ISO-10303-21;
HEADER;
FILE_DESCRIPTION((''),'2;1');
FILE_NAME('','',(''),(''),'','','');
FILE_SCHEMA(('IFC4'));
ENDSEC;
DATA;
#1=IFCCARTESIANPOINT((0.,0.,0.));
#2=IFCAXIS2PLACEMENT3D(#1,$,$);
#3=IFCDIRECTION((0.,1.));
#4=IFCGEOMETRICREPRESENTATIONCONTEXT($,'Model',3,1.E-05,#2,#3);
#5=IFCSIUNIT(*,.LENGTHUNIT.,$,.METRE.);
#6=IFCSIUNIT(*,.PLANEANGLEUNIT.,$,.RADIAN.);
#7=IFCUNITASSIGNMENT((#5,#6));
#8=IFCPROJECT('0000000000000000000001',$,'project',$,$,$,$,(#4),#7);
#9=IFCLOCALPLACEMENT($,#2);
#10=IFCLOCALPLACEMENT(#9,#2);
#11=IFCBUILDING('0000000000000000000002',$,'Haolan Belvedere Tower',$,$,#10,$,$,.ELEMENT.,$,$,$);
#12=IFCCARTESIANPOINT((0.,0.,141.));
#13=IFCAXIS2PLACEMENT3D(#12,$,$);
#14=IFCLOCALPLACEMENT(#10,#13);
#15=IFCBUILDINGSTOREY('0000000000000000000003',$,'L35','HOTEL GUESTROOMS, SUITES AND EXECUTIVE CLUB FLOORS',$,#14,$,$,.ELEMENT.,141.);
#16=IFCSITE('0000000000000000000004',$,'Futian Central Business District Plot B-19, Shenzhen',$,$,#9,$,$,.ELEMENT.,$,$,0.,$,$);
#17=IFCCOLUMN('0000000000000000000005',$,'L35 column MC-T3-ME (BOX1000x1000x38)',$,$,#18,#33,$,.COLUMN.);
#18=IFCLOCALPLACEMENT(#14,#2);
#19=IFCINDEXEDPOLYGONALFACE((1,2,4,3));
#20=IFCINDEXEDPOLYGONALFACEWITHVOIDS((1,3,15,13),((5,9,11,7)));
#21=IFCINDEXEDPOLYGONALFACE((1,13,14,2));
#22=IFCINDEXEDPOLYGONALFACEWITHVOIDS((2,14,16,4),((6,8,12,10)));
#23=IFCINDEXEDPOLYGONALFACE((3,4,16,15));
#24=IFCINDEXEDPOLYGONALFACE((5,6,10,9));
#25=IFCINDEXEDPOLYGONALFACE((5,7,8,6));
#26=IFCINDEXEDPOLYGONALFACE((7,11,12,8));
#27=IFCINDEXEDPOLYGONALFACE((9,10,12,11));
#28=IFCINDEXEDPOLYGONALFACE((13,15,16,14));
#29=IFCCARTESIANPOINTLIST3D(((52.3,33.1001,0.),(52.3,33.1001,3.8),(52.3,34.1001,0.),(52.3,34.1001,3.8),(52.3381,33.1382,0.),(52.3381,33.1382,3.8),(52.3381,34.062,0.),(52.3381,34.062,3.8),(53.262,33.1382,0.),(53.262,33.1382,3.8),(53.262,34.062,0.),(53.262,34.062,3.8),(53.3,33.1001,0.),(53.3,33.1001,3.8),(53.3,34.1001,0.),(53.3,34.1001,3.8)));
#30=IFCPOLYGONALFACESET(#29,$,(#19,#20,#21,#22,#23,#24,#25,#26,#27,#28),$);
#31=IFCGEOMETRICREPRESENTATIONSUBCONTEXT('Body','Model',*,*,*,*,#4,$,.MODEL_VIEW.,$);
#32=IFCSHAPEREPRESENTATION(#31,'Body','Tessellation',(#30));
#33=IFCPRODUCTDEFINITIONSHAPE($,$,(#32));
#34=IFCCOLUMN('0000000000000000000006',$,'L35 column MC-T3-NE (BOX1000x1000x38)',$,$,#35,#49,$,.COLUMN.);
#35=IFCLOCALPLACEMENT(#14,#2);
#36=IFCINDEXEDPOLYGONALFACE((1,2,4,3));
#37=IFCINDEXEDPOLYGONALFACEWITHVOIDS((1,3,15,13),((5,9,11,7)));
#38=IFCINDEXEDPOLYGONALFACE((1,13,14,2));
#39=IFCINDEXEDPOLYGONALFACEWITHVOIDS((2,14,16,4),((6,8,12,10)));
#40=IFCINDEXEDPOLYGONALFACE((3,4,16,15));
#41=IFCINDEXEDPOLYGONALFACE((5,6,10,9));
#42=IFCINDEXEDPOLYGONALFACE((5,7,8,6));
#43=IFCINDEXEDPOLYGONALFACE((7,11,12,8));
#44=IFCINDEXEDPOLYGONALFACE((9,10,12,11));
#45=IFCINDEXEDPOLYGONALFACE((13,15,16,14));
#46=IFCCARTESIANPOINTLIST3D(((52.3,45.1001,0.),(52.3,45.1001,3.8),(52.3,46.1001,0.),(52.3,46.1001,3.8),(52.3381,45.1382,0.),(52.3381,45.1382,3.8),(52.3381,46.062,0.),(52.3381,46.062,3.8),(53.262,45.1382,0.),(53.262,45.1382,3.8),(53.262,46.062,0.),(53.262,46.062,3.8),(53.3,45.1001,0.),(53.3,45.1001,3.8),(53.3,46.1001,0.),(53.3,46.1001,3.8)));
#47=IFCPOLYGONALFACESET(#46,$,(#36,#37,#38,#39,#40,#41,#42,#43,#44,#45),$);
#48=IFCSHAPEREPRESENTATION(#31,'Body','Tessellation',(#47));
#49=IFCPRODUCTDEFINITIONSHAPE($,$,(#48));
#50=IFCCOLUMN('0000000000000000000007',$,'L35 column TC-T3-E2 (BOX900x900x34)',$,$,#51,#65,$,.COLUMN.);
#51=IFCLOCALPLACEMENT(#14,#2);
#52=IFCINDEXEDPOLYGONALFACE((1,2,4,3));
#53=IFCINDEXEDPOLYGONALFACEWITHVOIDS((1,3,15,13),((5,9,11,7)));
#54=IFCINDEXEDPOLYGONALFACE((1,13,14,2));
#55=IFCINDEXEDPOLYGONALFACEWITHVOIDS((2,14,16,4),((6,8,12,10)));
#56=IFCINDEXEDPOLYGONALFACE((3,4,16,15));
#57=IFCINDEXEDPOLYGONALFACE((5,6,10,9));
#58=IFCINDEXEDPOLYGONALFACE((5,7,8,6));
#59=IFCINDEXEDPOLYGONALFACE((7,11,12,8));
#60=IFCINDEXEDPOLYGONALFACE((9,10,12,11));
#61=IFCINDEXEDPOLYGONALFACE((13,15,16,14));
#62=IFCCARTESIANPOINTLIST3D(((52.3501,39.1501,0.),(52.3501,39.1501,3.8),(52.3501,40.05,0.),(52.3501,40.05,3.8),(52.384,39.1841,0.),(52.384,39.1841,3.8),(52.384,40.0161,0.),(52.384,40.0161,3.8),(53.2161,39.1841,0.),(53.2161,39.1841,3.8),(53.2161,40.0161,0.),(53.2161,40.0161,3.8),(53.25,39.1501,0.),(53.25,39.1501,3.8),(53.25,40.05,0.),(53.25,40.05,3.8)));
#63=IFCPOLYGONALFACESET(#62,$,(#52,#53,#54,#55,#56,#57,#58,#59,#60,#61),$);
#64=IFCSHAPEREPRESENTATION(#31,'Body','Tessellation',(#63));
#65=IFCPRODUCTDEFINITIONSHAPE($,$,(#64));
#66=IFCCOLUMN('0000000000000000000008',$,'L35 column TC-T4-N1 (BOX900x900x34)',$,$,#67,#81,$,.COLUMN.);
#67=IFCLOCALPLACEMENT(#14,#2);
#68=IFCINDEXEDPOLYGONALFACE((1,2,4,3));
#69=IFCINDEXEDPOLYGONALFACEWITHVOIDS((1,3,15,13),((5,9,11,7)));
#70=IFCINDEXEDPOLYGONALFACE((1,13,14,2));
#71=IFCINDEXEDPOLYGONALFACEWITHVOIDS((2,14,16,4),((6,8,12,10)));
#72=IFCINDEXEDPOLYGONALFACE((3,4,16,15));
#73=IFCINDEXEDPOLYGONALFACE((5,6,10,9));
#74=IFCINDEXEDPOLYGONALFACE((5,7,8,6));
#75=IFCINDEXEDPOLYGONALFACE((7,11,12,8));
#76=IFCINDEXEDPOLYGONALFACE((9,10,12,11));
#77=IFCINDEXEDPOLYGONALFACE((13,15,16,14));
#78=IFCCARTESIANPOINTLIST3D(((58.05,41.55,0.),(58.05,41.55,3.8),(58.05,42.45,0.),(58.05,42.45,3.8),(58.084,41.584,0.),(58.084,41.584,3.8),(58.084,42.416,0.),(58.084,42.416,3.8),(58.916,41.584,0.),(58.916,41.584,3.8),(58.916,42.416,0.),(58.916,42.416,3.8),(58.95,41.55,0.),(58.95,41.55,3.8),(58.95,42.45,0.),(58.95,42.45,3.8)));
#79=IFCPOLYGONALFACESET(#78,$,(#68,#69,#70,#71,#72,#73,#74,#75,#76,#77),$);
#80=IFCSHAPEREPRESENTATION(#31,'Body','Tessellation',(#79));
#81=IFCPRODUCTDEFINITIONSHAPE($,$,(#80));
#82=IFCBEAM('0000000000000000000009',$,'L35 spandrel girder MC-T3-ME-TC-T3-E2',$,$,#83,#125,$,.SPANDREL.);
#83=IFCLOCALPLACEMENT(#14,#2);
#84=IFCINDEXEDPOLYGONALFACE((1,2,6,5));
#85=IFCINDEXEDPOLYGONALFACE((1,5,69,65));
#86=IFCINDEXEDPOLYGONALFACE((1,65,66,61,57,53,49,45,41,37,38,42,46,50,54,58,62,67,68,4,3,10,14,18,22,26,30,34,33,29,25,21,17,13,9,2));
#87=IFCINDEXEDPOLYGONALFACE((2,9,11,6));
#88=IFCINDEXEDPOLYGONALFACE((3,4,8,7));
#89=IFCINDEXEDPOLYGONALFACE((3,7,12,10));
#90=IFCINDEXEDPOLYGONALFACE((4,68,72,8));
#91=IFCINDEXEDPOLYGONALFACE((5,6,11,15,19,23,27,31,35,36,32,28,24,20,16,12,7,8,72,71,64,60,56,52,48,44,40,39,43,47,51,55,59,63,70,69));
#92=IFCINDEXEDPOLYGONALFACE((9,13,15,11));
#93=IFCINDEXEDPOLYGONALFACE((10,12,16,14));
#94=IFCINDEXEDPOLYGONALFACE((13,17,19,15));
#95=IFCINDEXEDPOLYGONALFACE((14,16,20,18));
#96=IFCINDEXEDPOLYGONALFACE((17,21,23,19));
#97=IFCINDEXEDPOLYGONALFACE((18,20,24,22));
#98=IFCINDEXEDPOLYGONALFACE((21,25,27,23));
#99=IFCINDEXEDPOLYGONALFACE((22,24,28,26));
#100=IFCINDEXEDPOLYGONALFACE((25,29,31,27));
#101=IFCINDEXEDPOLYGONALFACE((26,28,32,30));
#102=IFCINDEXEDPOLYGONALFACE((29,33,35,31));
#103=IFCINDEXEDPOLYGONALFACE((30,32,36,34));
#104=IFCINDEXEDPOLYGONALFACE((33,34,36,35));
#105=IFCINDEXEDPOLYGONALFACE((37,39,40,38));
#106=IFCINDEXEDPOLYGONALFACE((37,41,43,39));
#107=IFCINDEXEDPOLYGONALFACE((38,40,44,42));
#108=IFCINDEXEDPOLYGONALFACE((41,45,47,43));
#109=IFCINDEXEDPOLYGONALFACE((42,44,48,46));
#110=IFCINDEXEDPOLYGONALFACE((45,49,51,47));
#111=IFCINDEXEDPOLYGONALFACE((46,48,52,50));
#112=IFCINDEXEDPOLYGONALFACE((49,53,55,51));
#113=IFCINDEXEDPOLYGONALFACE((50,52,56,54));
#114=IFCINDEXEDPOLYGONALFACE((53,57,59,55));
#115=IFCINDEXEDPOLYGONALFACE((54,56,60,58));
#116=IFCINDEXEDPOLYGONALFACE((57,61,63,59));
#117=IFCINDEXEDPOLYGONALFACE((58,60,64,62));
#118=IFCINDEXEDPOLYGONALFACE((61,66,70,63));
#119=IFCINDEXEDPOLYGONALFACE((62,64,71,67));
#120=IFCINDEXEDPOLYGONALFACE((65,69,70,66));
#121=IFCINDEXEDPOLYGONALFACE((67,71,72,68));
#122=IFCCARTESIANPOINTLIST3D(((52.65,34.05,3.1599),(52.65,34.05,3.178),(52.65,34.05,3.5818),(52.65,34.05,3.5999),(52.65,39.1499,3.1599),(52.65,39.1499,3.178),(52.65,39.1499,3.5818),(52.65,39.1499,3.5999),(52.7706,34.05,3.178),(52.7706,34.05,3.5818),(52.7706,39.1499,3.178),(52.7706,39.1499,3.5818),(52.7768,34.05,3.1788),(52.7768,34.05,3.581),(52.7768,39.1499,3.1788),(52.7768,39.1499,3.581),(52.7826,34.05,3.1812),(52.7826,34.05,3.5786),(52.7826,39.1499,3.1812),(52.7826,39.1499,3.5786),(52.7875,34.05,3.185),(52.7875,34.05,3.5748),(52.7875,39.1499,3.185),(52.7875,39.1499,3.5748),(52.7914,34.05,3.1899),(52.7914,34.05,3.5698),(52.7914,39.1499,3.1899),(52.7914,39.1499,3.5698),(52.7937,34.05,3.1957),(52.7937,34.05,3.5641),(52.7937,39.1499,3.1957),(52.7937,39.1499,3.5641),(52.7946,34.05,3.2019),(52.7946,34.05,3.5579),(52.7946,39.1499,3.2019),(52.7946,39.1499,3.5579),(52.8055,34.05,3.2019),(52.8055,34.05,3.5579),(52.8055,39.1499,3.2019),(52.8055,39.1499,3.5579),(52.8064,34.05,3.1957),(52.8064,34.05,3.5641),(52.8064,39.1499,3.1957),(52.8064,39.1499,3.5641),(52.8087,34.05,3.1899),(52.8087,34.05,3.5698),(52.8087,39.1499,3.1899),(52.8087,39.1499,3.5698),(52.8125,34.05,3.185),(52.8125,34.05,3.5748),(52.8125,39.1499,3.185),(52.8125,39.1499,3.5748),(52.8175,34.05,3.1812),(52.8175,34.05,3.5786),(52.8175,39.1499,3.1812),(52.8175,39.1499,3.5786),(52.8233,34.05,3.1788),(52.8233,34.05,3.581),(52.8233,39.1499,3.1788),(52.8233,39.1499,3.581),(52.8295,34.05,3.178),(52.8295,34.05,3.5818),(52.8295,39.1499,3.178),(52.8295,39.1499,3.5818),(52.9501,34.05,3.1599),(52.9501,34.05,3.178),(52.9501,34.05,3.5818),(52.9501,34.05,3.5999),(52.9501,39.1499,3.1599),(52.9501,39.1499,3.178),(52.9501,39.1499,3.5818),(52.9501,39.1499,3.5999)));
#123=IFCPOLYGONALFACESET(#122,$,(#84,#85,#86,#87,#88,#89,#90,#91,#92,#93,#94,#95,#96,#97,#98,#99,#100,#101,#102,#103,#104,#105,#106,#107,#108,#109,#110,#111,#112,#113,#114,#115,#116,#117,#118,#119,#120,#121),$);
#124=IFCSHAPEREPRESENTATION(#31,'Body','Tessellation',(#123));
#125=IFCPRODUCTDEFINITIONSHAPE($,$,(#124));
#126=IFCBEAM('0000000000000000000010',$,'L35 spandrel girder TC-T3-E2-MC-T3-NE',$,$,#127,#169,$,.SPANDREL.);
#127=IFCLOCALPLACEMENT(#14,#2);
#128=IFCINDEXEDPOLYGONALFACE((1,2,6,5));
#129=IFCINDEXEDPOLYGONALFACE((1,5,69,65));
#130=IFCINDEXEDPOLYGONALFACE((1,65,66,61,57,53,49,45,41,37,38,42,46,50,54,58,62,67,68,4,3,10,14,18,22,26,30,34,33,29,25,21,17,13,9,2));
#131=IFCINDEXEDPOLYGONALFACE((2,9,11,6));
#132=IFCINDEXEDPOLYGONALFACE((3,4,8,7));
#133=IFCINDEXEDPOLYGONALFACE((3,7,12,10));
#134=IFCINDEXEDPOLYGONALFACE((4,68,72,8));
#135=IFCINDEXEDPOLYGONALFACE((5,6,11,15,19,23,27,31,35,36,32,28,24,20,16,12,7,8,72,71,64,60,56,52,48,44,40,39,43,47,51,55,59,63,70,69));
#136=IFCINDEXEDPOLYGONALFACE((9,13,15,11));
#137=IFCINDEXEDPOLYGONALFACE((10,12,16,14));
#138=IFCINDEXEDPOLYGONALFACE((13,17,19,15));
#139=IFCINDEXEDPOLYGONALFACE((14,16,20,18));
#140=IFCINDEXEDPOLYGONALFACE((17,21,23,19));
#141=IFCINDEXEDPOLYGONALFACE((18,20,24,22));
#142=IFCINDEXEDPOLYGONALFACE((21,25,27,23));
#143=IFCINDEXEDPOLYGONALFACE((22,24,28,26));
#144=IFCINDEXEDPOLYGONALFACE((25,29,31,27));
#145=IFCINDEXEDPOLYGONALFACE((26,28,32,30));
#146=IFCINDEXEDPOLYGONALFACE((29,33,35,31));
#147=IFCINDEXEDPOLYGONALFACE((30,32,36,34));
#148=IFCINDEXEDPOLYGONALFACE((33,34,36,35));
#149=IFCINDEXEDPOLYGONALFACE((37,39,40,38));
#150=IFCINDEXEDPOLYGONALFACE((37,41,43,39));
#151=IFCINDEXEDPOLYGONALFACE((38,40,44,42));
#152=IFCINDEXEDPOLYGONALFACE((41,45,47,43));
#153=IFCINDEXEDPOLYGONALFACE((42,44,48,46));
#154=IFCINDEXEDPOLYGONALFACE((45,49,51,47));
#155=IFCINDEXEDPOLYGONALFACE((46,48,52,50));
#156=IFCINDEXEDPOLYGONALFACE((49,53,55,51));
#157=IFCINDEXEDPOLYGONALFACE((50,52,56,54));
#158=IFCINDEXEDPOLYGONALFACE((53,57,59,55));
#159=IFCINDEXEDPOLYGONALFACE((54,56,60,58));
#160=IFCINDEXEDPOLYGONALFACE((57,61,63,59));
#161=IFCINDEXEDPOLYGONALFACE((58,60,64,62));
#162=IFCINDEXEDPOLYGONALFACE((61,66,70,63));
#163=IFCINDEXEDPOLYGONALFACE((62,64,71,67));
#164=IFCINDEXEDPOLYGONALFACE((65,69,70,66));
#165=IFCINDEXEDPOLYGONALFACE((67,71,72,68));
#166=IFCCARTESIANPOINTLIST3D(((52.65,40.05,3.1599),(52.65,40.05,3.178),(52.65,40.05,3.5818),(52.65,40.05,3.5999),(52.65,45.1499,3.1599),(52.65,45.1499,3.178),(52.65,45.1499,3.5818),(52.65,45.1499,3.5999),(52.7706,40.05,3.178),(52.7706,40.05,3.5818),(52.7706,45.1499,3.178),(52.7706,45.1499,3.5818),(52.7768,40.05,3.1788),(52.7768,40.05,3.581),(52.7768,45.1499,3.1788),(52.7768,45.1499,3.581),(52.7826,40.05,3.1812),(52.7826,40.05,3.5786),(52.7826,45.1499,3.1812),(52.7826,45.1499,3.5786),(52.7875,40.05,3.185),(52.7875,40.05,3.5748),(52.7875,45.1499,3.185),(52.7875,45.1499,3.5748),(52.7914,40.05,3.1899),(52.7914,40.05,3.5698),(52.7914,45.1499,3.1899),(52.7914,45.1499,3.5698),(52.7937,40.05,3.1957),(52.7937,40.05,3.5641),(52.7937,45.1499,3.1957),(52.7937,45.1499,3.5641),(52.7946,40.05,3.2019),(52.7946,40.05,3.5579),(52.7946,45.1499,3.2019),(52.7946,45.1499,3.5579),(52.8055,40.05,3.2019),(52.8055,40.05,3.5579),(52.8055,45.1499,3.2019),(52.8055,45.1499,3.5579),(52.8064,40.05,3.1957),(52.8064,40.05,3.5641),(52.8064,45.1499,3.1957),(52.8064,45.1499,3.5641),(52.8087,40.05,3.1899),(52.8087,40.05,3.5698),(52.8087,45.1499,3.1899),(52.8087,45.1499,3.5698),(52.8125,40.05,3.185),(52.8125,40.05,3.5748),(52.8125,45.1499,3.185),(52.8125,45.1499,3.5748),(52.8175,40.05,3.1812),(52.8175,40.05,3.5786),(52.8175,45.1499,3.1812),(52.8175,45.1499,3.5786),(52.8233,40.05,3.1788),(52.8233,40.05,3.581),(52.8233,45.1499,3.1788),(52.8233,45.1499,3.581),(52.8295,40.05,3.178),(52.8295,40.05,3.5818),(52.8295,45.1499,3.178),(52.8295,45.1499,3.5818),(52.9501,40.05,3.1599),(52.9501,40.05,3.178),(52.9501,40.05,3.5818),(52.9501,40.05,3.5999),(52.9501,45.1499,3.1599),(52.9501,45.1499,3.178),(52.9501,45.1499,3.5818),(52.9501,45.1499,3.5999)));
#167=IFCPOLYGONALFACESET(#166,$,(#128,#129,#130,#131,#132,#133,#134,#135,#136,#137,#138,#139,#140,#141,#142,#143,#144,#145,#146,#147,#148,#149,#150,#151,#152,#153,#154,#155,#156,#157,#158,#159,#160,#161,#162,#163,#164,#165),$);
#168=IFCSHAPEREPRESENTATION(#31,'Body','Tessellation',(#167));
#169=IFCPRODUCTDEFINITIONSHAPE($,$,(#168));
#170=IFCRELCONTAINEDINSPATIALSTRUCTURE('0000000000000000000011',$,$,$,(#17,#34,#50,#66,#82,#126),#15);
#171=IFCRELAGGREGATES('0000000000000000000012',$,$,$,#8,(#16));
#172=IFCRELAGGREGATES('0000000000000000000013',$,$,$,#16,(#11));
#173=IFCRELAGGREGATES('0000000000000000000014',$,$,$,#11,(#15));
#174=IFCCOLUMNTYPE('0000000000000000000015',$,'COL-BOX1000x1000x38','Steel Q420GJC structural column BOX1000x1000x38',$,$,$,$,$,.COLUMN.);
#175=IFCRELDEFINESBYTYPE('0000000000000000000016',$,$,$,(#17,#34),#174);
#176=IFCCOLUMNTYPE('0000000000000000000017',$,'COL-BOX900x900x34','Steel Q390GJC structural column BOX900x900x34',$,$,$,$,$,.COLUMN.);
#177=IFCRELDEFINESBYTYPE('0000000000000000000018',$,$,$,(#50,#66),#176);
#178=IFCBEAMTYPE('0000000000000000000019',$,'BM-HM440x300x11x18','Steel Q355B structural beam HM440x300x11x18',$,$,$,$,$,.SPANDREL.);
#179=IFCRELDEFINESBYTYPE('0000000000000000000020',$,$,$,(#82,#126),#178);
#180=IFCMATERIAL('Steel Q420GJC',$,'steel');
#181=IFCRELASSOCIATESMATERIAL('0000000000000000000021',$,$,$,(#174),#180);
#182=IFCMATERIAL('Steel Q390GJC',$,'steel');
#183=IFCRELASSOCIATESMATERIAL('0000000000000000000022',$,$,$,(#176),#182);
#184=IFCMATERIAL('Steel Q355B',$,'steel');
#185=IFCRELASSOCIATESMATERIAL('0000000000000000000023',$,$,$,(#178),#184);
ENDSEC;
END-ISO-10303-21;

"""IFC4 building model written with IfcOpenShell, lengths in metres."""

from ifc_helpers import new_model, si_unit, direction, frame, origin, origin_2d, place, context, subcontext, project, spatial, hollow_rectangle, i_section, extrude, material, material_profile, profile_set, type_object, element, save


model = new_model("IFC4")

# Units and contexts
model_context = context("Model", 3, precision=1e-05, world=origin(), true_north=direction((0.0, 1.0)))
body_context = subcontext(model_context, "Body", "Model", "MODEL_VIEW")
ifc_project = project(units=[si_unit("LENGTHUNIT", "METRE"), si_unit("PLANEANGLEUNIT", "RADIAN")], contexts=[model_context])

# Site, building, storey
site_placement = place(None, origin())
site = spatial("IfcSite", under=ifc_project, at=site_placement, Name="Futian Central Business District Plot B-19, Shenzhen", CompositionType="ELEMENT", RefElevation=0.0)
building_placement = place(site_placement, origin())
building = spatial("IfcBuilding", under=site, at=building_placement, Name="Haolan Belvedere Tower", CompositionType="ELEMENT")
storey_placement = place(building_placement, frame((0.0, 0.0, 141.0)))
storey = spatial("IfcBuildingStorey", under=building, at=storey_placement, Name="L35", Description="HOTEL GUESTROOMS, SUITES AND EXECUTIVE CLUB FLOORS", CompositionType="ELEMENT", Elevation=141.0)

# Columns
ifc_material_1 = material(Name="Steel Q420GJC", Category="steel")
ifc_material_profile_1 = material_profile(ifc_material_1, hollow_rectangle(XDim=1.0, YDim=1.0, WallThickness=0.0381, at=origin_2d()), Name="Steel Q420GJC")
ifc_profile_set_1 = profile_set([ifc_material_profile_1], Name="Steel Q420GJC")
column_type_1 = type_object("IfcColumnType", Name="COL-BOX1000x1000x38", Description="Steel Q420GJC structural column BOX1000x1000x38", PredefinedType="COLUMN", material=ifc_profile_set_1)
for number, where, z_axis, x_axis, name in (
    (1, (52.8, 33.6001, 0.0), (0.0, 0.0, 1.0), (1.0, 0.0, 0.0), "L35 column MC-T3-ME (BOX1000x1000x38)"),
    (2, (52.8, 45.6001, 0.0), (0.0, 0.0, 1.0), (1.0, 0.0, 0.0), "L35 column MC-T3-NE (BOX1000x1000x38)"),
):
    element("IfcColumn", number, at=place(storey_placement, frame(where, z_axis=z_axis, x_axis=x_axis)), inside=storey, type_object=column_type_1, Name=name, PredefinedType="COLUMN", context=body_context, shape_type="SweptSolid", body=[
        extrude(hollow_rectangle(XDim=1.0, YDim=1.0, WallThickness=0.0381, at=origin_2d()), origin(), (0.0, 0.0, 1.0), 3.8),
    ])
ifc_material_2 = material(Name="Steel Q390GJC", Category="steel")
ifc_material_profile_2 = material_profile(ifc_material_2, hollow_rectangle(XDim=0.8999, YDim=0.8999, WallThickness=0.0339, at=origin_2d()), Name="Steel Q390GJC")
ifc_profile_set_2 = profile_set([ifc_material_profile_2], Name="Steel Q390GJC")
column_type_2 = type_object("IfcColumnType", Name="COL-BOX900x900x34", Description="Steel Q390GJC structural column BOX900x900x34", PredefinedType="COLUMN", material=ifc_profile_set_2)
for number, where, z_axis, x_axis, name in (
    (3, (52.8, 39.6001, 0.0), (0.0, 0.0, 1.0), (1.0, 0.0, 0.0), "L35 column TC-T3-E2 (BOX900x900x34)"),
    (4, (58.5, 42.0, 0.0), (0.0, 0.0, 1.0), (1.0, 0.0, 0.0), "L35 column TC-T4-N1 (BOX900x900x34)"),
):
    element("IfcColumn", number, at=place(storey_placement, frame(where, z_axis=z_axis, x_axis=x_axis)), inside=storey, type_object=column_type_2, Name=name, PredefinedType="COLUMN", context=body_context, shape_type="SweptSolid", body=[
        extrude(hollow_rectangle(XDim=0.8999, YDim=0.8999, WallThickness=0.0339, at=origin_2d()), origin(), (0.0, 0.0, 1.0), 3.8),
    ])

# Beams
ifc_material_3 = material(Name="Steel Q355B", Category="steel")
ifc_material_profile_3 = material_profile(ifc_material_3, i_section(OverallWidth=0.3, OverallDepth=0.4399, WebThickness=0.011, FlangeThickness=0.0181, FilletRadius=0.0239, at=origin_2d()), Name="Steel Q355B")
ifc_profile_set_3 = profile_set([ifc_material_profile_3], Name="Steel Q355B")
beam_type_1 = type_object("IfcBeamType", Name="BM-HM440x300x11x18", Description="Steel Q355B structural beam HM440x300x11x18", PredefinedType="SPANDREL", material=ifc_profile_set_3)
for number, where, z_axis, x_axis, name in (
    (5, (52.8, 34.05, 3.3799), (0.0, 1.0, 0.0), (-1.0, 0.0, 0.0), "L35 spandrel girder MC-T3-ME-TC-T3-E2"),
    (6, (52.8, 40.05, 3.3799), (0.0, 1.0, 0.0), (-1.0, 0.0, 0.0), "L35 spandrel girder TC-T3-E2-MC-T3-NE"),
):
    element("IfcBeam", number, at=place(storey_placement, frame(where, z_axis=z_axis, x_axis=x_axis)), inside=storey, type_object=beam_type_1, Name=name, PredefinedType="SPANDREL", context=body_context, shape_type="SweptSolid", body=[
        extrude(i_section(OverallWidth=0.3, OverallDepth=0.4399, WebThickness=0.011, FlangeThickness=0.0181, FilletRadius=0.0239, at=origin_2d()), origin(), (0.0, 0.0, 1.0), 5.0999),
    ])

save(model, "model.ifc")
